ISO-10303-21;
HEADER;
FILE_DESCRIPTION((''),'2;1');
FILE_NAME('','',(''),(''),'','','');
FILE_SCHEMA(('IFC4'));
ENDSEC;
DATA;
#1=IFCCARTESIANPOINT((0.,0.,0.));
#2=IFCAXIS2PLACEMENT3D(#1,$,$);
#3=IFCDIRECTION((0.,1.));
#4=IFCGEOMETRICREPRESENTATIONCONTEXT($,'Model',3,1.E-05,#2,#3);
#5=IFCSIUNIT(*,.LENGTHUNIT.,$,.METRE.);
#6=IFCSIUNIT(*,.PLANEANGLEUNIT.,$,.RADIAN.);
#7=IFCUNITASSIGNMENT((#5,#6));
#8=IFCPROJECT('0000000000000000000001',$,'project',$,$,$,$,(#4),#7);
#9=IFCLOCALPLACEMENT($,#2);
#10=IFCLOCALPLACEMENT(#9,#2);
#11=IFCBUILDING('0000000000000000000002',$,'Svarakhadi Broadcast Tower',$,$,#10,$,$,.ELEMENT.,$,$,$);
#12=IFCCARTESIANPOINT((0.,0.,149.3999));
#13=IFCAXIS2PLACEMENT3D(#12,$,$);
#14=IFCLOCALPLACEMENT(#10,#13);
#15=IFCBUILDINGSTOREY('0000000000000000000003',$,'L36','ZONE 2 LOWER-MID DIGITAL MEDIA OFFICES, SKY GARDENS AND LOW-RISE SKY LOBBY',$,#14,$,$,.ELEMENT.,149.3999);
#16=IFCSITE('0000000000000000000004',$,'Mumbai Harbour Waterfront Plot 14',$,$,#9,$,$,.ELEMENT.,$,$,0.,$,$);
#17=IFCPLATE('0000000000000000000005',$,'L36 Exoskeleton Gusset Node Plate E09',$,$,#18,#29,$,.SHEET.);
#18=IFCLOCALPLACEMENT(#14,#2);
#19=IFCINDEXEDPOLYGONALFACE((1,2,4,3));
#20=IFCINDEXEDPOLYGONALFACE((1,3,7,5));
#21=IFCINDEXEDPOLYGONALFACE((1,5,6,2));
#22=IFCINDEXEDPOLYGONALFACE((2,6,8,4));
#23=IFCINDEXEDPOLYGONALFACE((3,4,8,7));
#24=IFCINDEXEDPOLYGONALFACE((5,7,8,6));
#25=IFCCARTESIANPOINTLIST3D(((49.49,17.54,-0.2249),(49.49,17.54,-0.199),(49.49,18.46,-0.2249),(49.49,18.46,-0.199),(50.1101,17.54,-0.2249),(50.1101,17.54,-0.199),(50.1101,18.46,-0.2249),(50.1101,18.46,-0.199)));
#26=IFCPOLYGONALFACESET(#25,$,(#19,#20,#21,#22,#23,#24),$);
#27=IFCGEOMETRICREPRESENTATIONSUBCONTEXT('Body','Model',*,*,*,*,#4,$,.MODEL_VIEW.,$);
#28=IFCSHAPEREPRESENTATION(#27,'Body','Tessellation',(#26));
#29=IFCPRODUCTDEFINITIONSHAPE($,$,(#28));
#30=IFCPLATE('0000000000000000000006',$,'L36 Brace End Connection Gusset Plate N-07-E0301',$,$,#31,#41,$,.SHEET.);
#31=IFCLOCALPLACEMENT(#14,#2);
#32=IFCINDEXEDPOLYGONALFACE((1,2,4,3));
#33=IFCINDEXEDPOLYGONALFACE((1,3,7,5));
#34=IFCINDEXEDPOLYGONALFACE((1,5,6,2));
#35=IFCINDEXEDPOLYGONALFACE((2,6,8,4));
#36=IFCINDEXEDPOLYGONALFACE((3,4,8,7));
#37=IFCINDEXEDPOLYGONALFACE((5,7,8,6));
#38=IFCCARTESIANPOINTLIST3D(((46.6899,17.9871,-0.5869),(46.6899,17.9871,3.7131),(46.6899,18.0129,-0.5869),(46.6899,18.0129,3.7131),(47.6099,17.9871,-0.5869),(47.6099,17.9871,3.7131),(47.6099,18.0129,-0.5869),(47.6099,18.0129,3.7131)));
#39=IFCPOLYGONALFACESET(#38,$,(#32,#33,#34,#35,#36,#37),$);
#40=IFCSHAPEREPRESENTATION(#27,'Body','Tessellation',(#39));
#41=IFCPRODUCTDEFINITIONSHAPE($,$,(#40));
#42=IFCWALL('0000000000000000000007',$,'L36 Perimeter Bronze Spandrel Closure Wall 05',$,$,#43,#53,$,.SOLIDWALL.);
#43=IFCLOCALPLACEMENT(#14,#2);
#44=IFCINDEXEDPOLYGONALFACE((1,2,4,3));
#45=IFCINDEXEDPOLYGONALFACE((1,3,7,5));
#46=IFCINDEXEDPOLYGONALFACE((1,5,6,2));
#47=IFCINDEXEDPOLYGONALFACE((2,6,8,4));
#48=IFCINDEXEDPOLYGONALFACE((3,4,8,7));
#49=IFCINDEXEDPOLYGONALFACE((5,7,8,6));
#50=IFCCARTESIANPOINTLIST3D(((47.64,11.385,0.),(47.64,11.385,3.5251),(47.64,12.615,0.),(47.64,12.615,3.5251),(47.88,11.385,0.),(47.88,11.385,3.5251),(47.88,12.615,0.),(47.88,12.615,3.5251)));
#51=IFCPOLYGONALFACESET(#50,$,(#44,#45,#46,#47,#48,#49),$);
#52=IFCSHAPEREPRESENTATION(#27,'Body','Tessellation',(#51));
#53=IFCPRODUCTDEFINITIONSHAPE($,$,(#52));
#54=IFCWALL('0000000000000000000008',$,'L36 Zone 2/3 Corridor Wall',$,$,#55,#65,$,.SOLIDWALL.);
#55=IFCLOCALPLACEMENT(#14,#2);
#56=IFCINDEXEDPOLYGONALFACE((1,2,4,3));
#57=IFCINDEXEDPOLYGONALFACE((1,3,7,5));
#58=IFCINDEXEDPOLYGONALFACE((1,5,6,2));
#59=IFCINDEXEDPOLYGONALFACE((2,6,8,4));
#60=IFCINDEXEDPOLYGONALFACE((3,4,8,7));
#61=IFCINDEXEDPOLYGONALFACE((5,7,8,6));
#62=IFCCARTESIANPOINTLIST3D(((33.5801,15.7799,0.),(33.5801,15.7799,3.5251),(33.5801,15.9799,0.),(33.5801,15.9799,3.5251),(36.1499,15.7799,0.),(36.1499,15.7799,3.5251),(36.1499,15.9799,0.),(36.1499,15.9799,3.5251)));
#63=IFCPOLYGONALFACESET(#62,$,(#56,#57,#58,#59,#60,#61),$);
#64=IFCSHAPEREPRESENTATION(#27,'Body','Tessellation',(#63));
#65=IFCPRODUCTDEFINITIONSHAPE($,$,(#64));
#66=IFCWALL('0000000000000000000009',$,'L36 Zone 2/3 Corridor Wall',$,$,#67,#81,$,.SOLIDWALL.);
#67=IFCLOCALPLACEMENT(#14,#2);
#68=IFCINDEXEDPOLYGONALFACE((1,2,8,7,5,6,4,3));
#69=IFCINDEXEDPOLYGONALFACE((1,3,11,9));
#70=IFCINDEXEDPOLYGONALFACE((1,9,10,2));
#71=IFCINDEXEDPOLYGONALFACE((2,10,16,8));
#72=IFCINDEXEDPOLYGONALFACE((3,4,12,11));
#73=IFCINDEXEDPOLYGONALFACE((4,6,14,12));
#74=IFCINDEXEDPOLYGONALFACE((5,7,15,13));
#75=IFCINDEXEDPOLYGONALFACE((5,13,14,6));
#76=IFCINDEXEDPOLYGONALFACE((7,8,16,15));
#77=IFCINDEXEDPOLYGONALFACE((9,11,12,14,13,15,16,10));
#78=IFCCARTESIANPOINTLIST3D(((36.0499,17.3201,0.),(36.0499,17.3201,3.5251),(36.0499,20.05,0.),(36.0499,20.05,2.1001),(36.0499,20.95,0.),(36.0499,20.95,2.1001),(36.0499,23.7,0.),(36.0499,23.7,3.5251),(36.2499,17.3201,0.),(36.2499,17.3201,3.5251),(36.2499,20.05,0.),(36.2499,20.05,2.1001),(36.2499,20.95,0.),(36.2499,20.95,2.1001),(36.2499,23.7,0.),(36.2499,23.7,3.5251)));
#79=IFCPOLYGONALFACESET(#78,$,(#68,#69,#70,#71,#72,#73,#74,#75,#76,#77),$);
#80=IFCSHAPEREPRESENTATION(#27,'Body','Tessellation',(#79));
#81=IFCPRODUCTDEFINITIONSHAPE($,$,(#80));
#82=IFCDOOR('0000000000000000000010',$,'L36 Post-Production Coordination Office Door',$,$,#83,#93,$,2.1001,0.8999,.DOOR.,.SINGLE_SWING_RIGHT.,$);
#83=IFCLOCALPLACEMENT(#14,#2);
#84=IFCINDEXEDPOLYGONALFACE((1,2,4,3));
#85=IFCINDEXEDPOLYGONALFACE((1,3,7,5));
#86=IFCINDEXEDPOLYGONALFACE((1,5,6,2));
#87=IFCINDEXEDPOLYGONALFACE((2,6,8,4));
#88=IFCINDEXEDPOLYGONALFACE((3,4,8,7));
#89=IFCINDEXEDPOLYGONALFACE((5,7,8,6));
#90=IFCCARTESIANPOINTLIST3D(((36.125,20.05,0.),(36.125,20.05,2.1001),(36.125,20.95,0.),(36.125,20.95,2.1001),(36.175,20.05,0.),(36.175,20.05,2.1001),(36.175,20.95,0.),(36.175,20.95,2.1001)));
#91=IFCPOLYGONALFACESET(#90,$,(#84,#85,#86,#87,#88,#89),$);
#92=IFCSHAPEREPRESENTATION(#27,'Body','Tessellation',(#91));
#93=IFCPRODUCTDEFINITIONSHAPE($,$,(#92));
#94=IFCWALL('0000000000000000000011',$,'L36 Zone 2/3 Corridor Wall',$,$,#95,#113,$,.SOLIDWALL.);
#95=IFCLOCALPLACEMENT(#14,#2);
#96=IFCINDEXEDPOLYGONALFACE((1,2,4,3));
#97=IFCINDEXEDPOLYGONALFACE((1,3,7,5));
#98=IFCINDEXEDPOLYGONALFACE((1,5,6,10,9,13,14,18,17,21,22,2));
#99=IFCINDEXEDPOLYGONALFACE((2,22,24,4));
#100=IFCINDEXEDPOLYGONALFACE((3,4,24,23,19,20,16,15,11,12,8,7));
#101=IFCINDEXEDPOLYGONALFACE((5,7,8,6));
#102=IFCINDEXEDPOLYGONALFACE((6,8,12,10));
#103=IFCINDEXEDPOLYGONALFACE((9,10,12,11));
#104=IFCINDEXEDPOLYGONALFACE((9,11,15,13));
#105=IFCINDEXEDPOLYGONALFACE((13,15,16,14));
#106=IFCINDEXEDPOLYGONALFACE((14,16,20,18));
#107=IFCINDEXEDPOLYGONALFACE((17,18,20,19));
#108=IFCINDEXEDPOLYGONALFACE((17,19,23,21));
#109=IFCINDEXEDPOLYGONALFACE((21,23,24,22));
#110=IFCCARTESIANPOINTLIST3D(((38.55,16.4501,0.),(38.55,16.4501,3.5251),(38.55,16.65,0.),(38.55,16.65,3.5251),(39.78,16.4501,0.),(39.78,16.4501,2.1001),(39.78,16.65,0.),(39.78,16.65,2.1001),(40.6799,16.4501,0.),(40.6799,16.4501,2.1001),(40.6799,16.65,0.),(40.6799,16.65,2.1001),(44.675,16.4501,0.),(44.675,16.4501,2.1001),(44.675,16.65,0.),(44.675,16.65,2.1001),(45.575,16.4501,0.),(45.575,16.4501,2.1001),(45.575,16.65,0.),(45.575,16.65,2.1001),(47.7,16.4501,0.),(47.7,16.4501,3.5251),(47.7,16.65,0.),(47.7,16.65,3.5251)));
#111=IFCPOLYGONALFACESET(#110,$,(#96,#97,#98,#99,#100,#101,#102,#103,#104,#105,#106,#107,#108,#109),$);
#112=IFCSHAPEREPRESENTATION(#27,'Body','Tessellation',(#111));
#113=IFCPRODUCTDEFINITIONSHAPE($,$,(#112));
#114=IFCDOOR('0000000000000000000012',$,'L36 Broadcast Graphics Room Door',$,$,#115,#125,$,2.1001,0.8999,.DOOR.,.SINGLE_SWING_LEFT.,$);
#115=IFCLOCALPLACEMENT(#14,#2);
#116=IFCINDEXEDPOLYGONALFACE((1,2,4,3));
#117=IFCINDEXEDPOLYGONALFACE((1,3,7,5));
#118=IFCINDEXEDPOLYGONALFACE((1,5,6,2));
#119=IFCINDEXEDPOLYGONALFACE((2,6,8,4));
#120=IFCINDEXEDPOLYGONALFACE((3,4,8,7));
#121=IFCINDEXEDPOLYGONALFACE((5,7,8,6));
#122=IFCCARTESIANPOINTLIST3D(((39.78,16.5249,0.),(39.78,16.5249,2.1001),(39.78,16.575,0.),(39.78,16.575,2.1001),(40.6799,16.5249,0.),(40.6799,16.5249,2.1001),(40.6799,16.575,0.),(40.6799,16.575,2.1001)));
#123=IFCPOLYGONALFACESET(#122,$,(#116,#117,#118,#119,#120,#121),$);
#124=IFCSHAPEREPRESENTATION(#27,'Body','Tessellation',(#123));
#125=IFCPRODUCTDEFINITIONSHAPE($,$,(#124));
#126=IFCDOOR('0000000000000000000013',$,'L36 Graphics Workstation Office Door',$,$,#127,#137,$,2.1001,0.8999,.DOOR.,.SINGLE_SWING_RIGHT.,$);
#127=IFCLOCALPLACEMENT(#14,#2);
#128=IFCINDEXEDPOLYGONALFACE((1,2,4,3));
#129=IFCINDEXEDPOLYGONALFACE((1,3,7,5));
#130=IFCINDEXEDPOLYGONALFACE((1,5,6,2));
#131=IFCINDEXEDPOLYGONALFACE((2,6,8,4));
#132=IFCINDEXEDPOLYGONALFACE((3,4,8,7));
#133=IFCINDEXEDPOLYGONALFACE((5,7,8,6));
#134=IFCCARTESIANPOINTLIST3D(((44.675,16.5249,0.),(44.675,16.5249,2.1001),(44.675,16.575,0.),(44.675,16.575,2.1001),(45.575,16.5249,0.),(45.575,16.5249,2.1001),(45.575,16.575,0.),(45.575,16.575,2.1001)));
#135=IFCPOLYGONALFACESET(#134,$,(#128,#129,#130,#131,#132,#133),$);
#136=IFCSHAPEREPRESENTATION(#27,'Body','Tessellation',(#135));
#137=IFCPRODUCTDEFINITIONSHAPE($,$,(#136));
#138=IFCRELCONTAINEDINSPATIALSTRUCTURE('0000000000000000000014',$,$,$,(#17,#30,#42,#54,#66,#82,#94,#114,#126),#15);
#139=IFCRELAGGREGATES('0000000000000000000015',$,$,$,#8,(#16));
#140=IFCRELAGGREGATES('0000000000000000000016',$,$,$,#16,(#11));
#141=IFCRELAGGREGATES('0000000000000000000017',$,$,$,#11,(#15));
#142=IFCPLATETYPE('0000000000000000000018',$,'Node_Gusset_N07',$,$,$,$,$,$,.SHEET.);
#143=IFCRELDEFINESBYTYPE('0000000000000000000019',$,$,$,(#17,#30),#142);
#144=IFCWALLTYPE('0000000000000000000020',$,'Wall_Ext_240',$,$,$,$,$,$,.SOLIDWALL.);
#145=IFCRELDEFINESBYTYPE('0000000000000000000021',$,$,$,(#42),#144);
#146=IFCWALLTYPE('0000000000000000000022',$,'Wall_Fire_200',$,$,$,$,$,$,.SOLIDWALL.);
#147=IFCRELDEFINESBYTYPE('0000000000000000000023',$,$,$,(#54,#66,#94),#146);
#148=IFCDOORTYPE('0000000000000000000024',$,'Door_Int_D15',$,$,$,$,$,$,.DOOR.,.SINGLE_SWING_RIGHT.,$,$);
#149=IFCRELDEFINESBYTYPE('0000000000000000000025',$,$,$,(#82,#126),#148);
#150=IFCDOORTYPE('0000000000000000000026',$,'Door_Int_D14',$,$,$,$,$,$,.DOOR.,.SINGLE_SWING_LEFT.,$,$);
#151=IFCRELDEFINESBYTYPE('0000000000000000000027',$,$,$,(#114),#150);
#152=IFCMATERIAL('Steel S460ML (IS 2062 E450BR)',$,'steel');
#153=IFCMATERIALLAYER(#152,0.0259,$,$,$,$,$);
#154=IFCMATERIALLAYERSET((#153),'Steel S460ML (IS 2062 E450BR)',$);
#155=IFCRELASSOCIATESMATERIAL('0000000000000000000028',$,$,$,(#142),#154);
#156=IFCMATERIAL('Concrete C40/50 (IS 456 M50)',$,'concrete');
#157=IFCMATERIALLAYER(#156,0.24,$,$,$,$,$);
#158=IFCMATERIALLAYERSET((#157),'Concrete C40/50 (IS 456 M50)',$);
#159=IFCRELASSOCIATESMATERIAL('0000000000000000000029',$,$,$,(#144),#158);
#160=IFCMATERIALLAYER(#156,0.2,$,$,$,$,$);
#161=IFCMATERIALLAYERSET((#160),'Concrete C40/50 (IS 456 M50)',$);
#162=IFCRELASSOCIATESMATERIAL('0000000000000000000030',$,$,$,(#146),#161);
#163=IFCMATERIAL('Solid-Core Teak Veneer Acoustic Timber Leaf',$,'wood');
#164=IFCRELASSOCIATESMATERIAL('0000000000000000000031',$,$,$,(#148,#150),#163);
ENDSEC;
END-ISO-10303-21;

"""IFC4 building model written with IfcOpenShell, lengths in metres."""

from ifc_helpers import new_model, si_unit, direction, frame, frame_2d, origin, origin_2d, place, context, subcontext, project, spatial, rectangle, extrude, material, layer, layer_set, type_object, element, fill, save


model = new_model("IFC4")

# Units and contexts
model_context = context("Model", 3, precision=1e-05, world=origin(), true_north=direction((0.0, 1.0)))
body_context = subcontext(model_context, "Body", "Model", "MODEL_VIEW")
ifc_project = project(units=[si_unit("LENGTHUNIT", "METRE"), si_unit("PLANEANGLEUNIT", "RADIAN")], contexts=[model_context])

# Site, building, storey
site_placement = place(None, origin())
site = spatial("IfcSite", under=ifc_project, at=site_placement, Name="Mumbai Harbour Waterfront Plot 14", CompositionType="ELEMENT", RefElevation=0.0)
building_placement = place(site_placement, origin())
building = spatial("IfcBuilding", under=site, at=building_placement, Name="Svarakhadi Broadcast Tower", CompositionType="ELEMENT")
storey_placement = place(building_placement, frame((0.0, 0.0, 149.3999)))
storey = spatial("IfcBuildingStorey", under=building, at=storey_placement, Name="L36", Description="ZONE 2 LOWER-MID DIGITAL MEDIA OFFICES, SKY GARDENS AND LOW-RISE SKY LOBBY", CompositionType="ELEMENT", Elevation=149.3999)

# Shared definitions
ifc_material_1 = material(Name="Steel S460ML (IS 2062 E450BR)", Category="steel")

# Plates
ifc_layer_1 = layer(ifc_material_1, 0.0259)
ifc_layer_set_1 = layer_set([ifc_layer_1], Name="Steel S460ML (IS 2062 E450BR)")
plate_type_1 = type_object("IfcPlateType", Name="Node_Gusset_N07", PredefinedType="SHEET", material=ifc_layer_set_1)
plate_1_placement = place(storey_placement, frame((49.8, 18.0, -0.2249), z_axis=(0.0, 0.0, 1.0), x_axis=(0.0, 1.0, 0.0)))
element("IfcPlate", 1, at=plate_1_placement, inside=storey, type_object=plate_type_1, Name="L36 Exoskeleton Gusset Node Plate E09", PredefinedType="SHEET", context=body_context, shape_type="SweptSolid", body=[
    extrude(rectangle(XDim=0.9199, YDim=0.6201, at=origin_2d()), origin(), (0.0, 0.0, 1.0), 0.0259),
])
plate_2_placement = place(storey_placement, frame((47.1499, 18.0, -0.5869), z_axis=(0.0, 0.0, 1.0), x_axis=(1.0, 0.0, 0.0)))
element("IfcPlate", 2, at=plate_2_placement, inside=storey, type_object=plate_type_1, Name="L36 Brace End Connection Gusset Plate N-07-E0301", PredefinedType="SHEET", context=body_context, shape_type="SweptSolid", body=[
    extrude(rectangle(XDim=0.9199, YDim=0.0259, at=origin_2d()), origin(), (0.0, 0.0, 1.0), 4.3),
])

# Walls
ifc_material_2 = material(Name="Concrete C40/50 (IS 456 M50)", Category="concrete")
ifc_layer_2 = layer(ifc_material_2, 0.24)
ifc_layer_set_2 = layer_set([ifc_layer_2], Name="Concrete C40/50 (IS 456 M50)")
wall_type_1 = type_object("IfcWallType", Name="Wall_Ext_240", PredefinedType="SOLIDWALL", material=ifc_layer_set_2)
wall_1_placement = place(storey_placement, frame((47.76, 12.615, 0.0), z_axis=(0.0, 0.0, 1.0), x_axis=(0.0, -1.0, 0.0)))
element("IfcWall", 3, at=wall_1_placement, inside=storey, type_object=wall_type_1, Name="L36 Perimeter Bronze Spandrel Closure Wall 05", PredefinedType="SOLIDWALL", context=body_context, shape_type="SweptSolid", body=[
    extrude(rectangle(XDim=1.23, YDim=0.24, at=frame_2d((0.615, 0.0))), origin(), (0.0, 0.0, 1.0), 3.5251),
])
ifc_layer_3 = layer(ifc_material_2, 0.2)
ifc_layer_set_3 = layer_set([ifc_layer_3], Name="Concrete C40/50 (IS 456 M50)")
wall_type_2 = type_object("IfcWallType", Name="Wall_Fire_200", PredefinedType="SOLIDWALL", material=ifc_layer_set_3)
wall_2_placement = place(storey_placement, frame((36.1499, 15.8799, 0.0), z_axis=(0.0, 0.0, 1.0), x_axis=(-1.0, 0.0, 0.0)))
element("IfcWall", 4, at=wall_2_placement, inside=storey, type_object=wall_type_2, Name="L36 Zone 2/3 Corridor Wall", PredefinedType="SOLIDWALL", context=body_context, shape_type="SweptSolid", body=[
    extrude(rectangle(XDim=2.5698, YDim=0.2, at=frame_2d((1.2849, 0.0))), origin(), (0.0, 0.0, 1.0), 3.5251),
])

# Wall, opening, door
wall_3_placement = place(storey_placement, frame((36.1499, 17.3201, 0.0), z_axis=(0.0, 0.0, 1.0), x_axis=(0.0, 1.0, 0.0)))
wall_3 = element("IfcWall", 5, at=wall_3_placement, inside=storey, type_object=wall_type_2, Name="L36 Zone 2/3 Corridor Wall", PredefinedType="SOLIDWALL", context=body_context, shape_type="SweptSolid", body=[
    extrude(rectangle(XDim=6.3799, YDim=0.2, at=frame_2d((3.1899, 0.0))), origin(), (0.0, 0.0, 1.0), 3.5251),
])
opening_1_placement = place(wall_3_placement, frame((2.73, 0.0, 0.0)))
opening_1 = element("IfcOpeningElement", 6, at=opening_1_placement, cuts=wall_3, PredefinedType="OPENING", context=body_context, shape_type="SweptSolid", body=[
    extrude(rectangle(XDim=0.8999, YDim=2.1001, at=frame_2d((0.45, 1.05))), frame((0.0, 0.1099, 0.0), z_axis=(0.0, -1.0, 0.0), x_axis=(1.0, 0.0, 0.0)), (0.0, 0.0, 1.0), 0.22),
])
ifc_material_3 = material(Name="Solid-Core Teak Veneer Acoustic Timber Leaf", Category="wood")
door_type_1 = type_object("IfcDoorType", Name="Door_Int_D15", OperationType="SINGLE_SWING_RIGHT", PredefinedType="DOOR", material=ifc_material_3)
door_1_placement = place(opening_1_placement, origin())
door_1 = element("IfcDoor", 7, at=door_1_placement, inside=storey, type_object=door_type_1, Name="L36 Post-Production Coordination Office Door", OperationType="SINGLE_SWING_RIGHT", OverallHeight=2.1001, OverallWidth=0.8999, PredefinedType="DOOR", context=body_context, shape_type="SweptSolid", body=[
    extrude(rectangle(XDim=0.8999, YDim=2.1001, at=frame_2d((0.45, 1.05))), frame((0.0, 0.0249, 0.0), z_axis=(0.0, -1.0, 0.0), x_axis=(1.0, 0.0, 0.0)), (0.0, 0.0, 1.0), 0.05),
])
fill(opening_1, door_1)

# Wall, openings, doors
wall_4_placement = place(storey_placement, frame((38.55, 16.55, 0.0), z_axis=(0.0, 0.0, 1.0), x_axis=(1.0, 0.0, 0.0)))
wall_4 = element("IfcWall", 8, at=wall_4_placement, inside=storey, type_object=wall_type_2, Name="L36 Zone 2/3 Corridor Wall", PredefinedType="SOLIDWALL", context=body_context, shape_type="SweptSolid", body=[
    extrude(rectangle(XDim=9.1499, YDim=0.2, at=frame_2d((4.575, 0.0))), origin(), (0.0, 0.0, 1.0), 3.5251),
])
opening_2_placement = place(wall_4_placement, frame((1.23, 0.0, 0.0)))
opening_2 = element("IfcOpeningElement", 9, at=opening_2_placement, cuts=wall_4, PredefinedType="OPENING", context=body_context, shape_type="SweptSolid", body=[
    extrude(rectangle(XDim=0.8999, YDim=2.1001, at=frame_2d((0.45, 1.05))), frame((0.0, 0.1099, 0.0), z_axis=(0.0, -1.0, 0.0), x_axis=(1.0, 0.0, 0.0)), (0.0, 0.0, 1.0), 0.22),
])
opening_3_placement = place(wall_4_placement, frame((6.125, 0.0, 0.0)))
opening_3 = element("IfcOpeningElement", 10, at=opening_3_placement, cuts=wall_4, PredefinedType="OPENING", context=body_context, shape_type="SweptSolid", body=[
    extrude(rectangle(XDim=0.8999, YDim=2.1001, at=frame_2d((0.45, 1.05))), frame((0.0, 0.1099, 0.0), z_axis=(0.0, -1.0, 0.0), x_axis=(1.0, 0.0, 0.0)), (0.0, 0.0, 1.0), 0.22),
])
door_type_2 = type_object("IfcDoorType", Name="Door_Int_D14", OperationType="SINGLE_SWING_LEFT", PredefinedType="DOOR", material=ifc_material_3)
door_2_placement = place(opening_2_placement, origin())
door_2 = element("IfcDoor", 11, at=door_2_placement, inside=storey, type_object=door_type_2, Name="L36 Broadcast Graphics Room Door", OperationType="SINGLE_SWING_LEFT", OverallHeight=2.1001, OverallWidth=0.8999, PredefinedType="DOOR", context=body_context, shape_type="SweptSolid", body=[
    extrude(rectangle(XDim=0.8999, YDim=2.1001, at=frame_2d((0.45, 1.05))), frame((0.0, 0.0249, 0.0), z_axis=(0.0, -1.0, 0.0), x_axis=(1.0, 0.0, 0.0)), (0.0, 0.0, 1.0), 0.05),
])
fill(opening_2, door_2)
door_3_placement = place(opening_3_placement, origin())
door_3 = element("IfcDoor", 12, at=door_3_placement, inside=storey, type_object=door_type_1, Name="L36 Graphics Workstation Office Door", OperationType="SINGLE_SWING_RIGHT", OverallHeight=2.1001, OverallWidth=0.8999, PredefinedType="DOOR", context=body_context, shape_type="SweptSolid", body=[
    extrude(rectangle(XDim=0.8999, YDim=2.1001, at=frame_2d((0.45, 1.05))), frame((0.0, 0.0249, 0.0), z_axis=(0.0, -1.0, 0.0), x_axis=(1.0, 0.0, 0.0)), (0.0, 0.0, 1.0), 0.05),
])
fill(opening_3, door_3)

save(model, "model.ifc")
